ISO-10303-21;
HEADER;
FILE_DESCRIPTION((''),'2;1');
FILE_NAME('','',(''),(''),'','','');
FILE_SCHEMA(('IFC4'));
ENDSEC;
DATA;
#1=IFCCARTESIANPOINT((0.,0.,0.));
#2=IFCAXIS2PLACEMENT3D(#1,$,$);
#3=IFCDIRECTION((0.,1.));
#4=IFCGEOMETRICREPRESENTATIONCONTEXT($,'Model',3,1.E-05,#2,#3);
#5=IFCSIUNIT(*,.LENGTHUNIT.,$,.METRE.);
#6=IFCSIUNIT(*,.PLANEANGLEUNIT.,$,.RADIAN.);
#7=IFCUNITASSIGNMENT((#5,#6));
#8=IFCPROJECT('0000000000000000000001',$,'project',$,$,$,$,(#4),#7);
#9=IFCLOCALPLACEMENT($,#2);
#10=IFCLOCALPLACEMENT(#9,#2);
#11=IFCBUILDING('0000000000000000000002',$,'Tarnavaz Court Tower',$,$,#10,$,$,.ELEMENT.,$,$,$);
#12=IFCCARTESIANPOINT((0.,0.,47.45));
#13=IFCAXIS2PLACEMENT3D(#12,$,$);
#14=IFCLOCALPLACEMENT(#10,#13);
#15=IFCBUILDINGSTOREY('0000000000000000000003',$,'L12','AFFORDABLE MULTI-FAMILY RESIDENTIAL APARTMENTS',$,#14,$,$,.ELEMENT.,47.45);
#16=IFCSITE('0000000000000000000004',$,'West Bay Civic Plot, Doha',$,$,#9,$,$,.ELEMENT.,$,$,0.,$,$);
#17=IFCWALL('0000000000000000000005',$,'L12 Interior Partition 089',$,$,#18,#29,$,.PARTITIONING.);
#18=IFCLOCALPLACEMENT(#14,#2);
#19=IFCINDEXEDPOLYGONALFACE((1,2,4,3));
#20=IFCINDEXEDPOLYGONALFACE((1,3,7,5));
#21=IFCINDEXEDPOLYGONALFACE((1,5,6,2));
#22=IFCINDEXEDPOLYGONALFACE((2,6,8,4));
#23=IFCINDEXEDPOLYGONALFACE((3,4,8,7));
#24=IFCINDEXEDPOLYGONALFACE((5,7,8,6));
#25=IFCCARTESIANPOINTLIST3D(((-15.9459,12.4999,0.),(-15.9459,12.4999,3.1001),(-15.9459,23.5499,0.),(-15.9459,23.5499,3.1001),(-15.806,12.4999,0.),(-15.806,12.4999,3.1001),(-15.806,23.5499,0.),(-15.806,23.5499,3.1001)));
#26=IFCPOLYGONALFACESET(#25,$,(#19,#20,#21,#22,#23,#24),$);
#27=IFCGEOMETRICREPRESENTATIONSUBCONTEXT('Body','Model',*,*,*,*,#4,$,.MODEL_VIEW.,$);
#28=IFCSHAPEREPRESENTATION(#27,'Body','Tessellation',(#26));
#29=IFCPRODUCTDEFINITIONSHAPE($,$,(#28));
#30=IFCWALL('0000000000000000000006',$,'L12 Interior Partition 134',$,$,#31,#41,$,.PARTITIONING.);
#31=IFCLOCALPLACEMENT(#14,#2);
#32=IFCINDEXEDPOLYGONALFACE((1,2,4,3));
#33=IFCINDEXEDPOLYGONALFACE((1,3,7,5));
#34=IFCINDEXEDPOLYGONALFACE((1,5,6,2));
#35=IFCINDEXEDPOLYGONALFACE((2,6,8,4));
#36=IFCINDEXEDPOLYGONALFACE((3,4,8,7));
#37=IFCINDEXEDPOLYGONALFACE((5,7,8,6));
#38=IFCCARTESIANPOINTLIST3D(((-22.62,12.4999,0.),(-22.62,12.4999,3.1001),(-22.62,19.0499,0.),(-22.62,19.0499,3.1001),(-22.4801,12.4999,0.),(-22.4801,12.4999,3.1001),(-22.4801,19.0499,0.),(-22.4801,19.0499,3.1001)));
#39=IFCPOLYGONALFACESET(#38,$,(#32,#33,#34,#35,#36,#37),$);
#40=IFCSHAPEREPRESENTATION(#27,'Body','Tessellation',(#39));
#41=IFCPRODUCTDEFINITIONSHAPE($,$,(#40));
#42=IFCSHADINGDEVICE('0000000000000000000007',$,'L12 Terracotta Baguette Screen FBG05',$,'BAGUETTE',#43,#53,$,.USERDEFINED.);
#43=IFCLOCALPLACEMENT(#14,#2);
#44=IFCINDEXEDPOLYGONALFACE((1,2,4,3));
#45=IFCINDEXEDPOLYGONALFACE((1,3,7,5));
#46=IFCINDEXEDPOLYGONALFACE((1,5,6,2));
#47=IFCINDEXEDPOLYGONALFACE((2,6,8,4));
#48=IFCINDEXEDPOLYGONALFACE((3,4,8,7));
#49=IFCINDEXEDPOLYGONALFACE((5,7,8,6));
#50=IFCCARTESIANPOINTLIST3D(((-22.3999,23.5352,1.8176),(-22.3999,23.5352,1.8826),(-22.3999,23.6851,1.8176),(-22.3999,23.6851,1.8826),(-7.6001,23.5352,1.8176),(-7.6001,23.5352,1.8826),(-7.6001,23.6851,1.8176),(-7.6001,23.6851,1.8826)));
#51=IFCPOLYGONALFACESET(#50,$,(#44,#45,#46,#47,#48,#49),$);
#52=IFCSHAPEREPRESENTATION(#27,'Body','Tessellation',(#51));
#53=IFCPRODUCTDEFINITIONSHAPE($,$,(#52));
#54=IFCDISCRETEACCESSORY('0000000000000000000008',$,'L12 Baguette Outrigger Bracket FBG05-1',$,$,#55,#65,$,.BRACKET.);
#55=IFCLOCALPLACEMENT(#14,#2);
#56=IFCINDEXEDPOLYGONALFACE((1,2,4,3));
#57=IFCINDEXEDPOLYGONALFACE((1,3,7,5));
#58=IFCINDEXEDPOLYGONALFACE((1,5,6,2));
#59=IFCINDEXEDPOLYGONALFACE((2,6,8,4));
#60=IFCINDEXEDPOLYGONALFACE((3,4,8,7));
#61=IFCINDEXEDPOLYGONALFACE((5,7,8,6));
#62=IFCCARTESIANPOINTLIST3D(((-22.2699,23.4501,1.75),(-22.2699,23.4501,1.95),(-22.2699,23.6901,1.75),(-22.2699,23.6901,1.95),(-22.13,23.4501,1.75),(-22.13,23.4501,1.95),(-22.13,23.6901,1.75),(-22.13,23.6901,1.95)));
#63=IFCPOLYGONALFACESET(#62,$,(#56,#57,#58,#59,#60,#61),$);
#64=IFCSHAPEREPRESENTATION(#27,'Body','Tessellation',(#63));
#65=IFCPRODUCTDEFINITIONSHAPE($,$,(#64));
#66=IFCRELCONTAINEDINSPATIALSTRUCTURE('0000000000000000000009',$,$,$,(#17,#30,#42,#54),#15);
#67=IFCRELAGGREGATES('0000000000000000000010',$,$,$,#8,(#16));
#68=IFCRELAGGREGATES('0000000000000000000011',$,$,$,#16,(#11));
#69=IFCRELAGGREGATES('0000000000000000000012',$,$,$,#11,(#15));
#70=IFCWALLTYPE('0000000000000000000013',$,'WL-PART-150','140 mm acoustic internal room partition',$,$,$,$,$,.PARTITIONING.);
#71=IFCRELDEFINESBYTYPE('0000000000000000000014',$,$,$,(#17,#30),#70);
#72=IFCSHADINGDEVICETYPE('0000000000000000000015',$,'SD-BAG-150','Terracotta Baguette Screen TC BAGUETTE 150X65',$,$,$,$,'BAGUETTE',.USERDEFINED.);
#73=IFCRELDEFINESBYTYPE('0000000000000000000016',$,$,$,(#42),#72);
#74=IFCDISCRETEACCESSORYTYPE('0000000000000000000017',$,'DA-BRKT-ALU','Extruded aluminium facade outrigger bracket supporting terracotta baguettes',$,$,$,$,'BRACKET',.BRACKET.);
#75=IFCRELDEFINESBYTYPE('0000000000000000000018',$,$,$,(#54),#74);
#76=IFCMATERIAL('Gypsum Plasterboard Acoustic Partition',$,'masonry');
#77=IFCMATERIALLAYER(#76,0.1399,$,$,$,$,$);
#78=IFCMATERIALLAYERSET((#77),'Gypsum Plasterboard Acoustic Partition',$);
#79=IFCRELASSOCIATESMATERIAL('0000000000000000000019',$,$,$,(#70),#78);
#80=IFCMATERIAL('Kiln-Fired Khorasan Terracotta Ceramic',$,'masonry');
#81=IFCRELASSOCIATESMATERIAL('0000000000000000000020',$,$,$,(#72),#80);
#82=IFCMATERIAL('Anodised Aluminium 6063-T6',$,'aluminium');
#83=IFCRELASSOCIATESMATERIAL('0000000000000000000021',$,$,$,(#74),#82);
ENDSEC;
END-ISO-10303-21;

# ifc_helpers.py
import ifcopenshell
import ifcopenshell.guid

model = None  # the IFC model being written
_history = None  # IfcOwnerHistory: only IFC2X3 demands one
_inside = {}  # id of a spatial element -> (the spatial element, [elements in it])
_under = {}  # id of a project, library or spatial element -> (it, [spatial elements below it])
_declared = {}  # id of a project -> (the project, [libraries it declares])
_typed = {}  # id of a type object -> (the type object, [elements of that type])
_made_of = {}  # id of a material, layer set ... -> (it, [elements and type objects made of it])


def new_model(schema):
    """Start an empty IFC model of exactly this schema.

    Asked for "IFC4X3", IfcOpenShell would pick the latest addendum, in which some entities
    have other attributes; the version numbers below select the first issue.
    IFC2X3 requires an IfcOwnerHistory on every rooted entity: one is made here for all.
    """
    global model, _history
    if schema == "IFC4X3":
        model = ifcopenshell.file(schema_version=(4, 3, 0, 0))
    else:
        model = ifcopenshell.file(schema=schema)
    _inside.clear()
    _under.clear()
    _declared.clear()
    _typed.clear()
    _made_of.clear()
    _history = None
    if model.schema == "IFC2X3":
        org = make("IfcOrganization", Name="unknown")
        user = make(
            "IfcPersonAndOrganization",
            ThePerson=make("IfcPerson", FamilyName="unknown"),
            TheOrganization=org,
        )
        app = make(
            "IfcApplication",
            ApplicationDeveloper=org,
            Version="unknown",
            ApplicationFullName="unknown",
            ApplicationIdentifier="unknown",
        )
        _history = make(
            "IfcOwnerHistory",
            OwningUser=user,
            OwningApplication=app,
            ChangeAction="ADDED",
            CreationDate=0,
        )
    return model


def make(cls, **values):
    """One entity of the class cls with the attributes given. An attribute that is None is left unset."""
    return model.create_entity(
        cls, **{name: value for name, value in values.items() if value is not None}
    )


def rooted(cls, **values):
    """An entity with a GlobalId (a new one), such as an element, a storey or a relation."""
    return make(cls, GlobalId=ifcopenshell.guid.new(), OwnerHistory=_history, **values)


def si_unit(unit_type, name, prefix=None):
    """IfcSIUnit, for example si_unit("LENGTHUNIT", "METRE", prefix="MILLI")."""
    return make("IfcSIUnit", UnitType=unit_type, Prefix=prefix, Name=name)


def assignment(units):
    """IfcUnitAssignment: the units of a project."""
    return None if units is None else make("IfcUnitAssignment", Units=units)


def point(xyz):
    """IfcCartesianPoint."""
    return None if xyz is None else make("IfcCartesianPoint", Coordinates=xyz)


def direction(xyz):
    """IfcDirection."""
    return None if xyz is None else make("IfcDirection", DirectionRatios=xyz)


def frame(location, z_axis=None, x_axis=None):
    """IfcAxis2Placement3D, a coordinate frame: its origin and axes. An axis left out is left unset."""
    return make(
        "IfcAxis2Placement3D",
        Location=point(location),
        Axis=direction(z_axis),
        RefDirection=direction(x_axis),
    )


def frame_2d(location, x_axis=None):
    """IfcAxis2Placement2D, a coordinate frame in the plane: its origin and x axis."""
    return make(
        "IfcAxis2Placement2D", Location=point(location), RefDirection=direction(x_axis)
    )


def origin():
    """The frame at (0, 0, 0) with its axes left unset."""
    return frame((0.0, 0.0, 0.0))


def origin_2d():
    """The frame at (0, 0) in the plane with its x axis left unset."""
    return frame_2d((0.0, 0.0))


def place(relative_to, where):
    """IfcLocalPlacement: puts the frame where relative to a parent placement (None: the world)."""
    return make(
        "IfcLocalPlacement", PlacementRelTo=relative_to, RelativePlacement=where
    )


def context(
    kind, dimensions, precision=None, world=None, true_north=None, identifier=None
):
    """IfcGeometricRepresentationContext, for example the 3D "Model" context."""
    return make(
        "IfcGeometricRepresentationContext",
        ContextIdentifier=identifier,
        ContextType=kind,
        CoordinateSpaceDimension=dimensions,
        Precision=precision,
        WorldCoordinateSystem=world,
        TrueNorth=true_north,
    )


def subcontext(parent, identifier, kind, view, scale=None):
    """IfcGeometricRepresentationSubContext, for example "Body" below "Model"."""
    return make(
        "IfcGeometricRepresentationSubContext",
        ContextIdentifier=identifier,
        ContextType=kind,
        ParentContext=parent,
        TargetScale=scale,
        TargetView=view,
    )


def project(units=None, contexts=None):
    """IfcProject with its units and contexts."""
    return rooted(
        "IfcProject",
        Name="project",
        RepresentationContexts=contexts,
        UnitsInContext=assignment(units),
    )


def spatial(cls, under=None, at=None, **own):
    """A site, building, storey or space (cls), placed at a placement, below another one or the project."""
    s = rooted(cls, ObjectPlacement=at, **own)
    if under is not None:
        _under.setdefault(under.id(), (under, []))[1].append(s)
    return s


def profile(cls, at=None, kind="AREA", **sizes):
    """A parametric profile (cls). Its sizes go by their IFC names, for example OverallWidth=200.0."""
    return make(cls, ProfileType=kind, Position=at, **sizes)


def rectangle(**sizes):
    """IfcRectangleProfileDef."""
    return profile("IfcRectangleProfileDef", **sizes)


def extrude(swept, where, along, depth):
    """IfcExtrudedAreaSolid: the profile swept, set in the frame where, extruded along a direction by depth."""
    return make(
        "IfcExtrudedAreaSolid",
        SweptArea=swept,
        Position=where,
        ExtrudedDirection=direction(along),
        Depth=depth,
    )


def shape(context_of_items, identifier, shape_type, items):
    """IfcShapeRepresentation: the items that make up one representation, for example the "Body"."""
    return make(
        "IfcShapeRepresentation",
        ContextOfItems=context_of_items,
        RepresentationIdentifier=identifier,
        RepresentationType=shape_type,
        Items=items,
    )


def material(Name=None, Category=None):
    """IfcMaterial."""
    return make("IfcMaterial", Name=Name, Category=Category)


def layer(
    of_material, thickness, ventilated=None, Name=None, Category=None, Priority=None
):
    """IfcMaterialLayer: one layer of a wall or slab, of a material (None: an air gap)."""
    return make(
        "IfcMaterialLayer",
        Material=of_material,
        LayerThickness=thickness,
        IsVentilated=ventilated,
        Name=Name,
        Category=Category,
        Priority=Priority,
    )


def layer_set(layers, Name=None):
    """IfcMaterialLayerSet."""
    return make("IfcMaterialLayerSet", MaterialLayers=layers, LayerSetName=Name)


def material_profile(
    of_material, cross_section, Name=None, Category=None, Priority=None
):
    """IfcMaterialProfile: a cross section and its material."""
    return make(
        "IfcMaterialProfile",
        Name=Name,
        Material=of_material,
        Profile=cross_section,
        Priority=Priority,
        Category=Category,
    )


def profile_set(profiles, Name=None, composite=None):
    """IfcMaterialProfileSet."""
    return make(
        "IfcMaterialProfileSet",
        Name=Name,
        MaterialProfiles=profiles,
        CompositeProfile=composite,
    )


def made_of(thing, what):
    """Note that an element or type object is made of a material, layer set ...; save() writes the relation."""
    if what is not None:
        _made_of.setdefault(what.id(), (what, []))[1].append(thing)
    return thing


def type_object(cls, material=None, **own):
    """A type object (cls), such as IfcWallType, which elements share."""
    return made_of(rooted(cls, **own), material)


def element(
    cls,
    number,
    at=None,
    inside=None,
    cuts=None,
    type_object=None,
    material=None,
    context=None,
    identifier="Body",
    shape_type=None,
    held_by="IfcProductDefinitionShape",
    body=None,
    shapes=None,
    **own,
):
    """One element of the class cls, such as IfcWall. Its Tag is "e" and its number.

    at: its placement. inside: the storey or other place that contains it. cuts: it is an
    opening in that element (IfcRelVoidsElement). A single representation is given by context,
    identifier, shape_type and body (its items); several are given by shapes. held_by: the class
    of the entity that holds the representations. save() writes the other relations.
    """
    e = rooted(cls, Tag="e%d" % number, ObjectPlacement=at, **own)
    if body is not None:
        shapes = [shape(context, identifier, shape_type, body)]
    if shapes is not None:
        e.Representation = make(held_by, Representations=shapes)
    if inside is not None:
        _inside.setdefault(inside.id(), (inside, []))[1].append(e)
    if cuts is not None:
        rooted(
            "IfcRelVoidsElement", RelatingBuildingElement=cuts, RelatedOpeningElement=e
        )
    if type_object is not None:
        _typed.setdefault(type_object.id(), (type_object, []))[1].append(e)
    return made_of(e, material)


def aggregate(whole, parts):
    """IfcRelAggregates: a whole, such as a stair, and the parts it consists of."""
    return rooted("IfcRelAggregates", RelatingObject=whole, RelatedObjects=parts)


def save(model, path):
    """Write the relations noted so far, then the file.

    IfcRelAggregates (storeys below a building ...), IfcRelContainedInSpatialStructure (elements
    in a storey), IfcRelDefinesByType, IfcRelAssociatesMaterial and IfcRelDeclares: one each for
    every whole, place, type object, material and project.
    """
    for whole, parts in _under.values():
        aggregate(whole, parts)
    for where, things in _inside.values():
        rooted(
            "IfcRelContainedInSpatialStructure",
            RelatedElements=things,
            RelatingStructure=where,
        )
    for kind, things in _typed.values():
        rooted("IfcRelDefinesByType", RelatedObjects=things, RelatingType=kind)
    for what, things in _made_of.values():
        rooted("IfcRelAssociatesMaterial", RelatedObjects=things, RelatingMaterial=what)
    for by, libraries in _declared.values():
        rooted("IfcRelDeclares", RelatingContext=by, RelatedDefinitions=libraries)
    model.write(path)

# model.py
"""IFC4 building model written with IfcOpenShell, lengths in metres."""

from ifc_helpers import new_model, si_unit, direction, frame, frame_2d, origin, origin_2d, place, context, subcontext, project, spatial, rectangle, extrude, material, layer, layer_set, material_profile, profile_set, type_object, element, save


model = new_model("IFC4")

# Units and contexts
model_context = context("Model", 3, precision=1e-05, world=origin(), true_north=direction((0.0, 1.0)))
body_context = subcontext(model_context, "Body", "Model", "MODEL_VIEW")
ifc_project = project(units=[si_unit("LENGTHUNIT", "METRE"), si_unit("PLANEANGLEUNIT", "RADIAN")], contexts=[model_context])

# Site, building, storey
site_placement = place(None, origin())
site = spatial("IfcSite", under=ifc_project, at=site_placement, Name="West Bay Civic Plot, Doha", CompositionType="ELEMENT", RefElevation=0.0)
building_placement = place(site_placement, origin())
building = spatial("IfcBuilding", under=site, at=building_placement, Name="Tarnavaz Court Tower", CompositionType="ELEMENT")
storey_placement = place(building_placement, frame((0.0, 0.0, 47.45)))
storey = spatial("IfcBuildingStorey", under=building, at=storey_placement, Name="L12", Description="AFFORDABLE MULTI-FAMILY RESIDENTIAL APARTMENTS", CompositionType="ELEMENT", Elevation=47.45)

# Walls
ifc_material_1 = material(Name="Gypsum Plasterboard Acoustic Partition", Category="masonry")
ifc_layer_1 = layer(ifc_material_1, 0.1399)
ifc_layer_set_1 = layer_set([ifc_layer_1], Name="Gypsum Plasterboard Acoustic Partition")
wall_type_1 = type_object("IfcWallType", Name="WL-PART-150", Description="140 mm acoustic internal room partition", PredefinedType="PARTITIONING", material=ifc_layer_set_1)
wall_1_placement = place(storey_placement, frame((-15.876, 12.5, 0.0), z_axis=(0.0, 0.0, 1.0), x_axis=(0.0, 1.0, 0.0)))
element("IfcWall", 1, at=wall_1_placement, inside=storey, type_object=wall_type_1, Name="L12 Interior Partition 089", PredefinedType="PARTITIONING", context=body_context, shape_type="SweptSolid", body=[
    extrude(rectangle(XDim=11.05, YDim=0.1399, at=frame_2d((5.5249, 0.0))), origin(), (0.0, 0.0, 1.0), 3.1001),
])
wall_2_placement = place(storey_placement, frame((-22.55, 12.5, 0.0), z_axis=(0.0, 0.0, 1.0), x_axis=(0.0, 1.0, 0.0)))
element("IfcWall", 2, at=wall_2_placement, inside=storey, type_object=wall_type_1, Name="L12 Interior Partition 134", PredefinedType="PARTITIONING", context=body_context, shape_type="SweptSolid", body=[
    extrude(rectangle(XDim=6.55, YDim=0.1399, at=frame_2d((3.2749, 0.0))), origin(), (0.0, 0.0, 1.0), 3.1001),
])

# Shading device
ifc_material_2 = material(Name="Kiln-Fired Khorasan Terracotta Ceramic", Category="masonry")
ifc_material_profile_1 = material_profile(ifc_material_2, rectangle(XDim=0.1499, YDim=0.0649, at=origin_2d()), Name="TC BAGUETTE 150X65")
ifc_profile_set_1 = profile_set([ifc_material_profile_1], Name="Kiln-Fired Khorasan Terracotta Ceramic")
shading_device_type = type_object("IfcShadingDeviceType", Name="SD-BAG-150", Description="Terracotta Baguette Screen TC BAGUETTE 150X65", ElementType="BAGUETTE", PredefinedType="USERDEFINED", material=ifc_profile_set_1)
shading_device_placement = place(storey_placement, frame((-22.3999, 23.6101, 1.8501), z_axis=(1.0, 0.0, 0.0), x_axis=(0.0, 1.0, 0.0)))
element("IfcShadingDevice", 3, at=shading_device_placement, inside=storey, type_object=shading_device_type, Name="L12 Terracotta Baguette Screen FBG05", ObjectType="BAGUETTE", PredefinedType="USERDEFINED", context=body_context, shape_type="SweptSolid", body=[
    extrude(rectangle(XDim=0.1499, YDim=0.0649, at=origin_2d()), origin(), (0.0, 0.0, 1.0), 14.7998),
])

# Discrete accessory
ifc_material_3 = material(Name="Anodised Aluminium 6063-T6", Category="aluminium")
discrete_accessory_type = type_object("IfcDiscreteAccessoryType", Name="DA-BRKT-ALU", Description="Extruded aluminium facade outrigger bracket supporting terracotta baguettes", ElementType="BRACKET", PredefinedType="BRACKET", material=ifc_material_3)
discrete_accessory_placement = place(storey_placement, frame((-22.2, 23.5701, 1.75), z_axis=(0.0, 0.0, 1.0), x_axis=(1.0, 0.0, 0.0)))
element("IfcDiscreteAccessory", 4, at=discrete_accessory_placement, inside=storey, type_object=discrete_accessory_type, Name="L12 Baguette Outrigger Bracket FBG05-1", PredefinedType="BRACKET", context=body_context, shape_type="SweptSolid", body=[
    extrude(rectangle(XDim=0.1399, YDim=0.24, at=origin_2d()), origin(), (0.0, 0.0, 1.0), 0.2),
])

save(model, "model.ifc")
